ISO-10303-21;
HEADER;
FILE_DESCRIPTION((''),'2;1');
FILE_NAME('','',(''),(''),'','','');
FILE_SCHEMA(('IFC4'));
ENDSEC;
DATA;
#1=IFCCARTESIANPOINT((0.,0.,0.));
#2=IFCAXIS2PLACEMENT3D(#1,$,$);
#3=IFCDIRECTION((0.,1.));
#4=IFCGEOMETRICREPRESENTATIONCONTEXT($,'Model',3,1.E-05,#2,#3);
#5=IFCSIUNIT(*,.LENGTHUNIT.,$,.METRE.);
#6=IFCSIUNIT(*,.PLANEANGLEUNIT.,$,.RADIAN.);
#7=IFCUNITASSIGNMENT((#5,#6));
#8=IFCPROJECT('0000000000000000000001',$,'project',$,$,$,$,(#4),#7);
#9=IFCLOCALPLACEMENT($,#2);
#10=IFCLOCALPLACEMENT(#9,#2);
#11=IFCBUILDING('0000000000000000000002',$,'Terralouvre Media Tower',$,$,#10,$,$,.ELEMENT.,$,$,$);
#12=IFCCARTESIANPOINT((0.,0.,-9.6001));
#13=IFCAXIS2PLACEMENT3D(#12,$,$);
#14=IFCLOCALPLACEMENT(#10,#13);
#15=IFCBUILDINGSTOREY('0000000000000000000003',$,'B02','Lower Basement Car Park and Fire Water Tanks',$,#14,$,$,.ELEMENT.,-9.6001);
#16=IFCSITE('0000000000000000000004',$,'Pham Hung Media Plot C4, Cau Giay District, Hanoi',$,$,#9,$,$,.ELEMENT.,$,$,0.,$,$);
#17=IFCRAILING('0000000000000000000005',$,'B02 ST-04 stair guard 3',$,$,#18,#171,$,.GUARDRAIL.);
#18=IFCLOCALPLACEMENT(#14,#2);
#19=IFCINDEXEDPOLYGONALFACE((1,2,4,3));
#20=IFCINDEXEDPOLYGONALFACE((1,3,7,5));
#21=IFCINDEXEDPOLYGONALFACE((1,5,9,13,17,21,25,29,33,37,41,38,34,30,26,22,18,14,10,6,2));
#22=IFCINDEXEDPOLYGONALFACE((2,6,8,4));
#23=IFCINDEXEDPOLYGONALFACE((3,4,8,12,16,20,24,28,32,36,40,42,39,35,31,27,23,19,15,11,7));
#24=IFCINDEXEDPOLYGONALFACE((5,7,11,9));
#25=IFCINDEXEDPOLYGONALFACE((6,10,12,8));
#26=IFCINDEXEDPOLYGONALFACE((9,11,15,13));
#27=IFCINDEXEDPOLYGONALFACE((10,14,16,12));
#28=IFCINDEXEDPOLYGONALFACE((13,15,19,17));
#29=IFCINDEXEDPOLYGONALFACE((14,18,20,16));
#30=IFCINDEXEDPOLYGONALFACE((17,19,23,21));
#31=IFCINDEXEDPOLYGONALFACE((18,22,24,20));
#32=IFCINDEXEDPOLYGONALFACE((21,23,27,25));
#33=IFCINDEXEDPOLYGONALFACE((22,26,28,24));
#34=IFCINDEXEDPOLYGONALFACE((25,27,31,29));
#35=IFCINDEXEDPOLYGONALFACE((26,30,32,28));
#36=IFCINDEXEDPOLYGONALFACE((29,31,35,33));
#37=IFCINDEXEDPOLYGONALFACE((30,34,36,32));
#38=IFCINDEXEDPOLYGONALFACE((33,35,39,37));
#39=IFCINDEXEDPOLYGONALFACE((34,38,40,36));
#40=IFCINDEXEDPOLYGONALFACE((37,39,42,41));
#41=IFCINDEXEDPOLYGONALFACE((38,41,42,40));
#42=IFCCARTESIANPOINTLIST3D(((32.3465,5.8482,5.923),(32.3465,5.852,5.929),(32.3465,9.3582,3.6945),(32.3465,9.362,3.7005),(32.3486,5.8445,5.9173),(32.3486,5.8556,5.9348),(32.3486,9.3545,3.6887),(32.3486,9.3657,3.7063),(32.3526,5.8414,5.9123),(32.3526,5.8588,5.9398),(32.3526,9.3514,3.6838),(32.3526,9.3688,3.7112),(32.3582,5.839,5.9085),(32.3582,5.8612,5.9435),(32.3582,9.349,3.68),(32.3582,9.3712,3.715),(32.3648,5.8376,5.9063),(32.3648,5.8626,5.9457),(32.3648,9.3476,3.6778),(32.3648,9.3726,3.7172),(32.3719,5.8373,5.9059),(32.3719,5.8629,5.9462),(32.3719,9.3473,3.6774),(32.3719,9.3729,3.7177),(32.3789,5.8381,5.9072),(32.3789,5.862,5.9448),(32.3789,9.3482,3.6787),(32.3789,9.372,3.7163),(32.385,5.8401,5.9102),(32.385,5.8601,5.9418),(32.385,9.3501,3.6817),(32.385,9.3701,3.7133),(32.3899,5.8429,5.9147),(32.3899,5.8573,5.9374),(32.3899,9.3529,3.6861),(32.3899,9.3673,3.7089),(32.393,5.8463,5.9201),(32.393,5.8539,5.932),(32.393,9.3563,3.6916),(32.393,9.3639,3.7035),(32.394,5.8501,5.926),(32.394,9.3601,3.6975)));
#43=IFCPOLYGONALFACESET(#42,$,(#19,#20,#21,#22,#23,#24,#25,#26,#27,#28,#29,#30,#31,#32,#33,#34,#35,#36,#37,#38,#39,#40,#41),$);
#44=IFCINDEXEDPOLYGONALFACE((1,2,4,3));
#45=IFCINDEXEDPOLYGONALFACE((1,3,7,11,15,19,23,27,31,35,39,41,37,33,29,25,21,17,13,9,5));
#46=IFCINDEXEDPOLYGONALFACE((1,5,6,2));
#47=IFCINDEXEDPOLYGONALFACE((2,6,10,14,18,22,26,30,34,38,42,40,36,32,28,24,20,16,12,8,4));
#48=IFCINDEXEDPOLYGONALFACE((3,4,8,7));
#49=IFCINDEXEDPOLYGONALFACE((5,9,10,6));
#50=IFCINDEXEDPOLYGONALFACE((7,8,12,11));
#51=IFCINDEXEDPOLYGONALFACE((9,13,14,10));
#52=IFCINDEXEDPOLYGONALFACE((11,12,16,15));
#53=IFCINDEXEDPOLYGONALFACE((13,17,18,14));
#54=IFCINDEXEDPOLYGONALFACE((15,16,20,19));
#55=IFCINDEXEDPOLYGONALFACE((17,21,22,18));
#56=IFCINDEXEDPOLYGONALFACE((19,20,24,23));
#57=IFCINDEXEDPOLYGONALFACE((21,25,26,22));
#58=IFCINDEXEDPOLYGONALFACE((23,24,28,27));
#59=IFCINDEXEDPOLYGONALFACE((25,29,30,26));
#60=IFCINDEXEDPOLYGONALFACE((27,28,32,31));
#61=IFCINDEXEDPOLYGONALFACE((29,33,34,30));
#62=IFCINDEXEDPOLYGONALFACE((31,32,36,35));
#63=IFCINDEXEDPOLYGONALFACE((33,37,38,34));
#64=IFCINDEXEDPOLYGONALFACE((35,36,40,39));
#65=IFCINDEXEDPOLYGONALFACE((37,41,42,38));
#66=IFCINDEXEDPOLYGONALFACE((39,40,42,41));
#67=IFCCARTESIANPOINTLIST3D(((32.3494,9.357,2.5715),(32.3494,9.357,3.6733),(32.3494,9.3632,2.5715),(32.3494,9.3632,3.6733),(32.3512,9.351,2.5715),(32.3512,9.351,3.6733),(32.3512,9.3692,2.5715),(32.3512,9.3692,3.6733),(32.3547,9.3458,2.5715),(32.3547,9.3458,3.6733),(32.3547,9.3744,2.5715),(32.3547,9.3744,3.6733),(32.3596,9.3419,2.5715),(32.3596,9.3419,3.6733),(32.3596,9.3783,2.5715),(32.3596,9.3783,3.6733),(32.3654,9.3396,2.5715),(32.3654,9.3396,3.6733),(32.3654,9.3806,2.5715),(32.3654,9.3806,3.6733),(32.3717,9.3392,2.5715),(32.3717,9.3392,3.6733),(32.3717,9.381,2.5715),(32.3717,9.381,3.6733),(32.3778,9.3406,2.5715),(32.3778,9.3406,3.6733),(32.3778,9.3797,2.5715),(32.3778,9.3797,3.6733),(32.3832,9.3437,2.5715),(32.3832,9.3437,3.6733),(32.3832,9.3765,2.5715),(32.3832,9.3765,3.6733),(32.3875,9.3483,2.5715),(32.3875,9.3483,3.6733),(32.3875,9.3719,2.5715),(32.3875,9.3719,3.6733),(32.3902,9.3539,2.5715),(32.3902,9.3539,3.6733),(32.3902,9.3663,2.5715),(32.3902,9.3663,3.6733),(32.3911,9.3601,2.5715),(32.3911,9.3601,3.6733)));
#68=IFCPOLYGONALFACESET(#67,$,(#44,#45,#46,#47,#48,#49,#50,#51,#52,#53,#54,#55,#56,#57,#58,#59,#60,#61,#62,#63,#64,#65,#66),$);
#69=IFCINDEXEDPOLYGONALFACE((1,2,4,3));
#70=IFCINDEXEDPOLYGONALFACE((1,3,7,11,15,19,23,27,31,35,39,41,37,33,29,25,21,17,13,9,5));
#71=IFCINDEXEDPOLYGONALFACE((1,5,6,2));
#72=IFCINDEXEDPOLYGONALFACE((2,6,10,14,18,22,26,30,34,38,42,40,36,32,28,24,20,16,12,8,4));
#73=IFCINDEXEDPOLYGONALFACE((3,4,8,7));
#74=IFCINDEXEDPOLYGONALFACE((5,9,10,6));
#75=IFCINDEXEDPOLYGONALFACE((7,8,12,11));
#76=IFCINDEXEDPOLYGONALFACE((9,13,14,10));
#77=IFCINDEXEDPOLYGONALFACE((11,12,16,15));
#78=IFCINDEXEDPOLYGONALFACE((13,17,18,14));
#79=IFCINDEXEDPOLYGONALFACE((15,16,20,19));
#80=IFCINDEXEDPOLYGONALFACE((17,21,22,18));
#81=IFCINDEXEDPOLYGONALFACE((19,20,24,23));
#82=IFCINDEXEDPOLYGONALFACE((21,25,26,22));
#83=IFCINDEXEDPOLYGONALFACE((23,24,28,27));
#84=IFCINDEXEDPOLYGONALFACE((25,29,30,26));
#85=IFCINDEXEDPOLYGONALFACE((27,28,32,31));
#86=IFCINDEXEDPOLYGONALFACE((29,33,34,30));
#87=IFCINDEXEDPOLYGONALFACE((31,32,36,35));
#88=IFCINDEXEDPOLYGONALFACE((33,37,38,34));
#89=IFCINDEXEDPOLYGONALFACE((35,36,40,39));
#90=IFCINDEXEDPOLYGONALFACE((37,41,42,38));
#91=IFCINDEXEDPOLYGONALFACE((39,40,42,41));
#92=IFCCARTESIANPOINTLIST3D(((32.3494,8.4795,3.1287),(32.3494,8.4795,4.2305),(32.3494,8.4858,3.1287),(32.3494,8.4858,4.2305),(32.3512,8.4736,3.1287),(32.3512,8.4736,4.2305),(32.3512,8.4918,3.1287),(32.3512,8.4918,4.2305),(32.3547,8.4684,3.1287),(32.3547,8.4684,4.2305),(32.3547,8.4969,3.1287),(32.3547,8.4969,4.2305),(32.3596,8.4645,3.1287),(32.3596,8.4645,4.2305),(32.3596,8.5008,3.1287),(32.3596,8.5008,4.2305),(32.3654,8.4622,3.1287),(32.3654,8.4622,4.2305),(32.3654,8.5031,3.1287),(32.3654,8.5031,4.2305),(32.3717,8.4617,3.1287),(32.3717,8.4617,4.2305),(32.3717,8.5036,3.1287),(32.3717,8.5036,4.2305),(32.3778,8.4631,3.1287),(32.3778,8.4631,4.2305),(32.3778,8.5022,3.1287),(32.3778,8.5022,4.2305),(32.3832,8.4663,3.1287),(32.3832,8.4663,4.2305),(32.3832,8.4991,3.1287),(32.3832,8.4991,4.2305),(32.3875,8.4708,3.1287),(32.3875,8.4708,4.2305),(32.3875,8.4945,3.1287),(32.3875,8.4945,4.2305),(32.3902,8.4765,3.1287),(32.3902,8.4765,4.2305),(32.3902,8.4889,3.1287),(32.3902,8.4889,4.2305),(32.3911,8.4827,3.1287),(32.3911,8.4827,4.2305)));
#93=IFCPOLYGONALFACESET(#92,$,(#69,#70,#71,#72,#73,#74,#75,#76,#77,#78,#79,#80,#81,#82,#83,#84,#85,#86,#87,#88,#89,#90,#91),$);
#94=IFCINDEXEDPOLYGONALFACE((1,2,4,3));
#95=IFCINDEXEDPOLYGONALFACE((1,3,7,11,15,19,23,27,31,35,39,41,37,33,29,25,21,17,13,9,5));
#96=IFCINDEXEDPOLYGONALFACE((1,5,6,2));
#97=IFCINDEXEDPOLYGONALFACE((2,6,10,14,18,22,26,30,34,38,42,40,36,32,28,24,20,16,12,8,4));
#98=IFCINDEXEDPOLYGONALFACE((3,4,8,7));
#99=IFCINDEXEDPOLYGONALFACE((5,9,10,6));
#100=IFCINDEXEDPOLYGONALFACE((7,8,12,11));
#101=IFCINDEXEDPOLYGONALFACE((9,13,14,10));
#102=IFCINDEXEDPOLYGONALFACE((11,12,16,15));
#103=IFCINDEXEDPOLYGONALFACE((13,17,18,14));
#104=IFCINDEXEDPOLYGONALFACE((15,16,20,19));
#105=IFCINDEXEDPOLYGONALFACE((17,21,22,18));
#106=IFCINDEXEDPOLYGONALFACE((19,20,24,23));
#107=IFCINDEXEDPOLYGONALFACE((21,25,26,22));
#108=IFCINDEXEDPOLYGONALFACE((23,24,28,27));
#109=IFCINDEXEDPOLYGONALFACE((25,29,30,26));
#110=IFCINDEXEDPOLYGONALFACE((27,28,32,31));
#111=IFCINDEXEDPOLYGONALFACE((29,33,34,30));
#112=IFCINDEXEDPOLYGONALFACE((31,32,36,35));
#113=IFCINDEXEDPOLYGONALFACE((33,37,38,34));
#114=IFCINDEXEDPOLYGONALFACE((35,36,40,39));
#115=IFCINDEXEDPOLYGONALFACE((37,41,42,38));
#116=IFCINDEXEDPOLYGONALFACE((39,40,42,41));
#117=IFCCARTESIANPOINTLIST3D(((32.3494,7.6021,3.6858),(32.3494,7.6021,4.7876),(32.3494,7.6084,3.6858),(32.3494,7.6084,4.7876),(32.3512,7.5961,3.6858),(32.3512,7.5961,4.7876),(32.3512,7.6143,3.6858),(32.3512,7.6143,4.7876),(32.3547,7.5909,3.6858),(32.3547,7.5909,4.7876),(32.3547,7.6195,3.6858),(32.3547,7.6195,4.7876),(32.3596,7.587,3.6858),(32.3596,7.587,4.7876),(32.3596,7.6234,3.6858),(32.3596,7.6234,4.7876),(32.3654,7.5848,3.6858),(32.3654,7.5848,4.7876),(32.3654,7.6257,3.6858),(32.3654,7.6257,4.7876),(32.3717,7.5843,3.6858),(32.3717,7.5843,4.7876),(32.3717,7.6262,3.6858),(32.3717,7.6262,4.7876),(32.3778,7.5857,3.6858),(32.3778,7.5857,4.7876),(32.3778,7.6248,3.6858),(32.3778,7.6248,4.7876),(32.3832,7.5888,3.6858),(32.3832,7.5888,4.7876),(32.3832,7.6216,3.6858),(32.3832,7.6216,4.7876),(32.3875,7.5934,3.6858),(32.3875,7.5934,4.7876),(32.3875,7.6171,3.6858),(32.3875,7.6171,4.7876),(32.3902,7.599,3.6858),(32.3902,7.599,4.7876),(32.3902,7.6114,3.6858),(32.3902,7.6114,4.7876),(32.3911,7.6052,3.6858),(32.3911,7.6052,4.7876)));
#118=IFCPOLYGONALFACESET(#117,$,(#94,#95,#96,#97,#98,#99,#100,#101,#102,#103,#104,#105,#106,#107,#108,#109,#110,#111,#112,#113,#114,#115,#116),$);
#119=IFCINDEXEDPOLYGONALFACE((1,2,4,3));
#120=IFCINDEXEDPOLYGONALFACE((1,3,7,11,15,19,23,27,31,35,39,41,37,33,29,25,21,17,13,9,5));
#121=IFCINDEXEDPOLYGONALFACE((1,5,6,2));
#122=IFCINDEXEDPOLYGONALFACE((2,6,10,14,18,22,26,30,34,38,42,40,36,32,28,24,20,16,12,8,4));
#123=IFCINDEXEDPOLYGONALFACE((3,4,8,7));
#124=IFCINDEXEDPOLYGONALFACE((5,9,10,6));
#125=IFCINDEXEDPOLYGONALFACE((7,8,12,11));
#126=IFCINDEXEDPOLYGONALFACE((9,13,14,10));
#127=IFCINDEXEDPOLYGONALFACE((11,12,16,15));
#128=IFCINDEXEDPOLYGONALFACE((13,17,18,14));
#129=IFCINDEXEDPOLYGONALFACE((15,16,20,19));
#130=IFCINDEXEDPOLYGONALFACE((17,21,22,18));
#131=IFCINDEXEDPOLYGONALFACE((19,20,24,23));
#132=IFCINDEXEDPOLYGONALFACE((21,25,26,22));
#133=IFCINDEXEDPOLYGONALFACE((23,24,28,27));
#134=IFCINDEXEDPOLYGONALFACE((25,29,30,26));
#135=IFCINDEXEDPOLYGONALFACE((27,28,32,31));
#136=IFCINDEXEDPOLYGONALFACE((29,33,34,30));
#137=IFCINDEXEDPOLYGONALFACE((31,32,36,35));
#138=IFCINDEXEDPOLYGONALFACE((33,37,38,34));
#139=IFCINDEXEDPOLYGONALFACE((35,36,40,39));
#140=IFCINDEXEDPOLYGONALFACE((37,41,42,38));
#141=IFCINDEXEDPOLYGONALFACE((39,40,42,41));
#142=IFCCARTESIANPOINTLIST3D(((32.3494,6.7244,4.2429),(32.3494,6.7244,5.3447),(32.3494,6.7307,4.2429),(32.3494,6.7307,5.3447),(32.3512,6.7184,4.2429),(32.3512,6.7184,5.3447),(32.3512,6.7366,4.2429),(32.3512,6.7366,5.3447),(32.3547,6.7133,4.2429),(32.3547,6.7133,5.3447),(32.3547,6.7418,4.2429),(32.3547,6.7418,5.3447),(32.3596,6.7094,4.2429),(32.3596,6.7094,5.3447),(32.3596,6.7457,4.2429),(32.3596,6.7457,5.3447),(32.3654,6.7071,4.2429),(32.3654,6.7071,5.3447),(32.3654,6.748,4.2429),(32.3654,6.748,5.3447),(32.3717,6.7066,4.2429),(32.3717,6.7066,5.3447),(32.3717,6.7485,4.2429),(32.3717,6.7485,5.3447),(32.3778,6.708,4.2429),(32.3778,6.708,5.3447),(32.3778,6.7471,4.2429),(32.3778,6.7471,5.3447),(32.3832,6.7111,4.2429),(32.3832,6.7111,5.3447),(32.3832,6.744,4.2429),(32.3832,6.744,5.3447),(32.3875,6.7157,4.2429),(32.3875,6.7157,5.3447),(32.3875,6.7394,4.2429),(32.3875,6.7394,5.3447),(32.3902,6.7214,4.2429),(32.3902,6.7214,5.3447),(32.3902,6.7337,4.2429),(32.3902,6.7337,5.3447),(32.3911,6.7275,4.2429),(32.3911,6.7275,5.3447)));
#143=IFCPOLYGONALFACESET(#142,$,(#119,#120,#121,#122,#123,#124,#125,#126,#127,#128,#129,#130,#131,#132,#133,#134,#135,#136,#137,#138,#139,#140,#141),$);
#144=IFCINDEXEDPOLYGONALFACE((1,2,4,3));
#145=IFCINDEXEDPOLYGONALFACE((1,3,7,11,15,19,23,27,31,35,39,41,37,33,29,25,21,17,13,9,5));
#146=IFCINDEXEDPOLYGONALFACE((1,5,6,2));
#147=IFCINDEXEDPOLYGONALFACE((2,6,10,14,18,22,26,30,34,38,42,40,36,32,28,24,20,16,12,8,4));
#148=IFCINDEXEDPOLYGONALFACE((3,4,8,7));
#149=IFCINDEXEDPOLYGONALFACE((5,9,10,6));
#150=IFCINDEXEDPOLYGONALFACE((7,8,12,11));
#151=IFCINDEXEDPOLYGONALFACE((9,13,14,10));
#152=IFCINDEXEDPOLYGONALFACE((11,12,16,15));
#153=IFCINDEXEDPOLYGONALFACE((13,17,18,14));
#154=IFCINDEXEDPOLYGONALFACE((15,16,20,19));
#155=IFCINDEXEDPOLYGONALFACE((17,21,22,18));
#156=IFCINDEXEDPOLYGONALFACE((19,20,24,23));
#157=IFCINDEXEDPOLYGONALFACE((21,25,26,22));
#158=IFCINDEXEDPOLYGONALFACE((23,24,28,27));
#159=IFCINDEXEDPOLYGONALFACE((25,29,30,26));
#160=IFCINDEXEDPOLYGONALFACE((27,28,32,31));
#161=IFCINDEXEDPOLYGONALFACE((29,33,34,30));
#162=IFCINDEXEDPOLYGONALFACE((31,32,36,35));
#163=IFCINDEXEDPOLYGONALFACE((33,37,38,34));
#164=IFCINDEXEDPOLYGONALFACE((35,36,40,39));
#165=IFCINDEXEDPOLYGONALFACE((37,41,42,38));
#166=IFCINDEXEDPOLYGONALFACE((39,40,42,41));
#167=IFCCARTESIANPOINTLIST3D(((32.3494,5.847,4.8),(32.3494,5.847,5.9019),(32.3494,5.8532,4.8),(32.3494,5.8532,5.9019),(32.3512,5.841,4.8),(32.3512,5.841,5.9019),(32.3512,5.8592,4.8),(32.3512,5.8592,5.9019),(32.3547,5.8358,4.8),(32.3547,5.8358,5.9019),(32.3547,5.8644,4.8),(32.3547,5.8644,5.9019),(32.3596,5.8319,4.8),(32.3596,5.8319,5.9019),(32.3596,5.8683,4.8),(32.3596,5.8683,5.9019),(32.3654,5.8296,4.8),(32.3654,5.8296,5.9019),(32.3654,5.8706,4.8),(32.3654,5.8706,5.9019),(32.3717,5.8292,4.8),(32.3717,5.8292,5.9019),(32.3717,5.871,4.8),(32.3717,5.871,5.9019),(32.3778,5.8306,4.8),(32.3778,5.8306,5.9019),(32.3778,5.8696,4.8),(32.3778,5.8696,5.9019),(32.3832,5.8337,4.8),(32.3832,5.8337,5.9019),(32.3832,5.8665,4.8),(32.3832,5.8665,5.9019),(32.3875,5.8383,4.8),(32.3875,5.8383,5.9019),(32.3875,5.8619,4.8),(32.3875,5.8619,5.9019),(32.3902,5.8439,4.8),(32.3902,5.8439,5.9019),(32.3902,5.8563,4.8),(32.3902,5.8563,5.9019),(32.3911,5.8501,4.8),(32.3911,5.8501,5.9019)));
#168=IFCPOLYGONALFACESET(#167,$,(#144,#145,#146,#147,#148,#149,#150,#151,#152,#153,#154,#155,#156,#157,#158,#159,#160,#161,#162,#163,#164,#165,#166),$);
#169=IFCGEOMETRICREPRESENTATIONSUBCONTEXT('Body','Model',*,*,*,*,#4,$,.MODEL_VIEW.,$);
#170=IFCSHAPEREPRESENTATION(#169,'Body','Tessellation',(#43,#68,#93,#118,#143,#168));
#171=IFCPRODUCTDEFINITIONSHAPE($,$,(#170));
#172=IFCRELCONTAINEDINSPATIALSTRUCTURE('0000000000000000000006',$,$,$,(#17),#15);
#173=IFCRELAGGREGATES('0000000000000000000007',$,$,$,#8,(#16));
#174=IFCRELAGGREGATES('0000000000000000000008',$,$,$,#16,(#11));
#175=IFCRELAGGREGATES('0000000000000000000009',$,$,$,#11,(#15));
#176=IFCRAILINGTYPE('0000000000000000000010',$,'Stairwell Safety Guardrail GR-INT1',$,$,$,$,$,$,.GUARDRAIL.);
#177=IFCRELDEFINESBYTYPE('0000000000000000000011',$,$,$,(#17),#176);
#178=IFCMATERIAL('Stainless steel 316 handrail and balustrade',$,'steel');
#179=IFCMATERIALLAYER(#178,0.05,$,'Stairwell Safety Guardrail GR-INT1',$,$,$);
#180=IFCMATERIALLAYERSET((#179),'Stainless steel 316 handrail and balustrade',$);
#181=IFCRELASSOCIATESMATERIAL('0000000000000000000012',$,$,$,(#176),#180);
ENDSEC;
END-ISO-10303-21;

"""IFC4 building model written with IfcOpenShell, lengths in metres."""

from ifc_helpers import new_model, si_unit, direction, frame, origin, origin_2d, place, context, subcontext, project, spatial, circle, extrude, material, layer, layer_set, type_object, element, save


model = new_model("IFC4")

# Units and contexts
model_context = context("Model", 3, precision=1e-05, world=origin(), true_north=direction((0.0, 1.0)))
body_context = subcontext(model_context, "Body", "Model", "MODEL_VIEW")
ifc_project = project(units=[si_unit("LENGTHUNIT", "METRE"), si_unit("PLANEANGLEUNIT", "RADIAN")], contexts=[model_context])

# Site, building, storey
site_placement = place(None, origin())
site = spatial("IfcSite", under=ifc_project, at=site_placement, Name="Pham Hung Media Plot C4, Cau Giay District, Hanoi", CompositionType="ELEMENT", RefElevation=0.0)
building_placement = place(site_placement, origin())
building = spatial("IfcBuilding", under=site, at=building_placement, Name="Terralouvre Media Tower", CompositionType="ELEMENT")
storey_placement = place(building_placement, frame((0.0, 0.0, -9.6001)))
storey = spatial("IfcBuildingStorey", under=building, at=storey_placement, Name="B02", Description="Lower Basement Car Park and Fire Water Tanks", CompositionType="ELEMENT", Elevation=-9.6001)

# Railing
ifc_material_1 = material(Name="Stainless steel 316 handrail and balustrade", Category="steel")
ifc_layer_1 = layer(ifc_material_1, 0.05, Name="Stairwell Safety Guardrail GR-INT1")
ifc_layer_set_1 = layer_set([ifc_layer_1], Name="Stainless steel 316 handrail and balustrade")
railing_type_1 = type_object("IfcRailingType", Name="Stairwell Safety Guardrail GR-INT1", PredefinedType="GUARDRAIL", material=ifc_layer_set_1)
railing_1_placement = place(storey_placement, frame((32.3701, 9.3601, 2.5715)))
element("IfcRailing", 1, at=railing_1_placement, inside=storey, type_object=railing_type_1, Name="B02 ST-04 stair guard 3", PredefinedType="GUARDRAIL", context=body_context, shape_type="SweptSolid", body=[
    extrude(circle(Radius=0.0239, at=origin_2d()), frame((0.0, 0.0, 1.126), z_axis=(0.0, -0.84422, 0.535998), x_axis=(1.0, 0.0, 0.0)), (0.0, 0.0, 1.0), 4.1577),
    extrude(circle(Radius=0.021, at=origin_2d()), origin(), (0.0, 0.0, 1.0), 1.1018),
    extrude(circle(Radius=0.021, at=origin_2d()), frame((0.0, -0.8774, 0.5571)), (0.0, 0.0, 1.0), 1.1018),
    extrude(circle(Radius=0.021, at=origin_2d()), frame((0.0, -1.7549, 1.1143)), (0.0, 0.0, 1.0), 1.1018),
    extrude(circle(Radius=0.021, at=origin_2d()), frame((0.0, -2.6326, 1.6714)), (0.0, 0.0, 1.0), 1.1018),
    extrude(circle(Radius=0.021, at=origin_2d()), frame((0.0, -3.51, 2.2285)), (0.0, 0.0, 1.0), 1.1018),
])

save(model, "model.ifc")
